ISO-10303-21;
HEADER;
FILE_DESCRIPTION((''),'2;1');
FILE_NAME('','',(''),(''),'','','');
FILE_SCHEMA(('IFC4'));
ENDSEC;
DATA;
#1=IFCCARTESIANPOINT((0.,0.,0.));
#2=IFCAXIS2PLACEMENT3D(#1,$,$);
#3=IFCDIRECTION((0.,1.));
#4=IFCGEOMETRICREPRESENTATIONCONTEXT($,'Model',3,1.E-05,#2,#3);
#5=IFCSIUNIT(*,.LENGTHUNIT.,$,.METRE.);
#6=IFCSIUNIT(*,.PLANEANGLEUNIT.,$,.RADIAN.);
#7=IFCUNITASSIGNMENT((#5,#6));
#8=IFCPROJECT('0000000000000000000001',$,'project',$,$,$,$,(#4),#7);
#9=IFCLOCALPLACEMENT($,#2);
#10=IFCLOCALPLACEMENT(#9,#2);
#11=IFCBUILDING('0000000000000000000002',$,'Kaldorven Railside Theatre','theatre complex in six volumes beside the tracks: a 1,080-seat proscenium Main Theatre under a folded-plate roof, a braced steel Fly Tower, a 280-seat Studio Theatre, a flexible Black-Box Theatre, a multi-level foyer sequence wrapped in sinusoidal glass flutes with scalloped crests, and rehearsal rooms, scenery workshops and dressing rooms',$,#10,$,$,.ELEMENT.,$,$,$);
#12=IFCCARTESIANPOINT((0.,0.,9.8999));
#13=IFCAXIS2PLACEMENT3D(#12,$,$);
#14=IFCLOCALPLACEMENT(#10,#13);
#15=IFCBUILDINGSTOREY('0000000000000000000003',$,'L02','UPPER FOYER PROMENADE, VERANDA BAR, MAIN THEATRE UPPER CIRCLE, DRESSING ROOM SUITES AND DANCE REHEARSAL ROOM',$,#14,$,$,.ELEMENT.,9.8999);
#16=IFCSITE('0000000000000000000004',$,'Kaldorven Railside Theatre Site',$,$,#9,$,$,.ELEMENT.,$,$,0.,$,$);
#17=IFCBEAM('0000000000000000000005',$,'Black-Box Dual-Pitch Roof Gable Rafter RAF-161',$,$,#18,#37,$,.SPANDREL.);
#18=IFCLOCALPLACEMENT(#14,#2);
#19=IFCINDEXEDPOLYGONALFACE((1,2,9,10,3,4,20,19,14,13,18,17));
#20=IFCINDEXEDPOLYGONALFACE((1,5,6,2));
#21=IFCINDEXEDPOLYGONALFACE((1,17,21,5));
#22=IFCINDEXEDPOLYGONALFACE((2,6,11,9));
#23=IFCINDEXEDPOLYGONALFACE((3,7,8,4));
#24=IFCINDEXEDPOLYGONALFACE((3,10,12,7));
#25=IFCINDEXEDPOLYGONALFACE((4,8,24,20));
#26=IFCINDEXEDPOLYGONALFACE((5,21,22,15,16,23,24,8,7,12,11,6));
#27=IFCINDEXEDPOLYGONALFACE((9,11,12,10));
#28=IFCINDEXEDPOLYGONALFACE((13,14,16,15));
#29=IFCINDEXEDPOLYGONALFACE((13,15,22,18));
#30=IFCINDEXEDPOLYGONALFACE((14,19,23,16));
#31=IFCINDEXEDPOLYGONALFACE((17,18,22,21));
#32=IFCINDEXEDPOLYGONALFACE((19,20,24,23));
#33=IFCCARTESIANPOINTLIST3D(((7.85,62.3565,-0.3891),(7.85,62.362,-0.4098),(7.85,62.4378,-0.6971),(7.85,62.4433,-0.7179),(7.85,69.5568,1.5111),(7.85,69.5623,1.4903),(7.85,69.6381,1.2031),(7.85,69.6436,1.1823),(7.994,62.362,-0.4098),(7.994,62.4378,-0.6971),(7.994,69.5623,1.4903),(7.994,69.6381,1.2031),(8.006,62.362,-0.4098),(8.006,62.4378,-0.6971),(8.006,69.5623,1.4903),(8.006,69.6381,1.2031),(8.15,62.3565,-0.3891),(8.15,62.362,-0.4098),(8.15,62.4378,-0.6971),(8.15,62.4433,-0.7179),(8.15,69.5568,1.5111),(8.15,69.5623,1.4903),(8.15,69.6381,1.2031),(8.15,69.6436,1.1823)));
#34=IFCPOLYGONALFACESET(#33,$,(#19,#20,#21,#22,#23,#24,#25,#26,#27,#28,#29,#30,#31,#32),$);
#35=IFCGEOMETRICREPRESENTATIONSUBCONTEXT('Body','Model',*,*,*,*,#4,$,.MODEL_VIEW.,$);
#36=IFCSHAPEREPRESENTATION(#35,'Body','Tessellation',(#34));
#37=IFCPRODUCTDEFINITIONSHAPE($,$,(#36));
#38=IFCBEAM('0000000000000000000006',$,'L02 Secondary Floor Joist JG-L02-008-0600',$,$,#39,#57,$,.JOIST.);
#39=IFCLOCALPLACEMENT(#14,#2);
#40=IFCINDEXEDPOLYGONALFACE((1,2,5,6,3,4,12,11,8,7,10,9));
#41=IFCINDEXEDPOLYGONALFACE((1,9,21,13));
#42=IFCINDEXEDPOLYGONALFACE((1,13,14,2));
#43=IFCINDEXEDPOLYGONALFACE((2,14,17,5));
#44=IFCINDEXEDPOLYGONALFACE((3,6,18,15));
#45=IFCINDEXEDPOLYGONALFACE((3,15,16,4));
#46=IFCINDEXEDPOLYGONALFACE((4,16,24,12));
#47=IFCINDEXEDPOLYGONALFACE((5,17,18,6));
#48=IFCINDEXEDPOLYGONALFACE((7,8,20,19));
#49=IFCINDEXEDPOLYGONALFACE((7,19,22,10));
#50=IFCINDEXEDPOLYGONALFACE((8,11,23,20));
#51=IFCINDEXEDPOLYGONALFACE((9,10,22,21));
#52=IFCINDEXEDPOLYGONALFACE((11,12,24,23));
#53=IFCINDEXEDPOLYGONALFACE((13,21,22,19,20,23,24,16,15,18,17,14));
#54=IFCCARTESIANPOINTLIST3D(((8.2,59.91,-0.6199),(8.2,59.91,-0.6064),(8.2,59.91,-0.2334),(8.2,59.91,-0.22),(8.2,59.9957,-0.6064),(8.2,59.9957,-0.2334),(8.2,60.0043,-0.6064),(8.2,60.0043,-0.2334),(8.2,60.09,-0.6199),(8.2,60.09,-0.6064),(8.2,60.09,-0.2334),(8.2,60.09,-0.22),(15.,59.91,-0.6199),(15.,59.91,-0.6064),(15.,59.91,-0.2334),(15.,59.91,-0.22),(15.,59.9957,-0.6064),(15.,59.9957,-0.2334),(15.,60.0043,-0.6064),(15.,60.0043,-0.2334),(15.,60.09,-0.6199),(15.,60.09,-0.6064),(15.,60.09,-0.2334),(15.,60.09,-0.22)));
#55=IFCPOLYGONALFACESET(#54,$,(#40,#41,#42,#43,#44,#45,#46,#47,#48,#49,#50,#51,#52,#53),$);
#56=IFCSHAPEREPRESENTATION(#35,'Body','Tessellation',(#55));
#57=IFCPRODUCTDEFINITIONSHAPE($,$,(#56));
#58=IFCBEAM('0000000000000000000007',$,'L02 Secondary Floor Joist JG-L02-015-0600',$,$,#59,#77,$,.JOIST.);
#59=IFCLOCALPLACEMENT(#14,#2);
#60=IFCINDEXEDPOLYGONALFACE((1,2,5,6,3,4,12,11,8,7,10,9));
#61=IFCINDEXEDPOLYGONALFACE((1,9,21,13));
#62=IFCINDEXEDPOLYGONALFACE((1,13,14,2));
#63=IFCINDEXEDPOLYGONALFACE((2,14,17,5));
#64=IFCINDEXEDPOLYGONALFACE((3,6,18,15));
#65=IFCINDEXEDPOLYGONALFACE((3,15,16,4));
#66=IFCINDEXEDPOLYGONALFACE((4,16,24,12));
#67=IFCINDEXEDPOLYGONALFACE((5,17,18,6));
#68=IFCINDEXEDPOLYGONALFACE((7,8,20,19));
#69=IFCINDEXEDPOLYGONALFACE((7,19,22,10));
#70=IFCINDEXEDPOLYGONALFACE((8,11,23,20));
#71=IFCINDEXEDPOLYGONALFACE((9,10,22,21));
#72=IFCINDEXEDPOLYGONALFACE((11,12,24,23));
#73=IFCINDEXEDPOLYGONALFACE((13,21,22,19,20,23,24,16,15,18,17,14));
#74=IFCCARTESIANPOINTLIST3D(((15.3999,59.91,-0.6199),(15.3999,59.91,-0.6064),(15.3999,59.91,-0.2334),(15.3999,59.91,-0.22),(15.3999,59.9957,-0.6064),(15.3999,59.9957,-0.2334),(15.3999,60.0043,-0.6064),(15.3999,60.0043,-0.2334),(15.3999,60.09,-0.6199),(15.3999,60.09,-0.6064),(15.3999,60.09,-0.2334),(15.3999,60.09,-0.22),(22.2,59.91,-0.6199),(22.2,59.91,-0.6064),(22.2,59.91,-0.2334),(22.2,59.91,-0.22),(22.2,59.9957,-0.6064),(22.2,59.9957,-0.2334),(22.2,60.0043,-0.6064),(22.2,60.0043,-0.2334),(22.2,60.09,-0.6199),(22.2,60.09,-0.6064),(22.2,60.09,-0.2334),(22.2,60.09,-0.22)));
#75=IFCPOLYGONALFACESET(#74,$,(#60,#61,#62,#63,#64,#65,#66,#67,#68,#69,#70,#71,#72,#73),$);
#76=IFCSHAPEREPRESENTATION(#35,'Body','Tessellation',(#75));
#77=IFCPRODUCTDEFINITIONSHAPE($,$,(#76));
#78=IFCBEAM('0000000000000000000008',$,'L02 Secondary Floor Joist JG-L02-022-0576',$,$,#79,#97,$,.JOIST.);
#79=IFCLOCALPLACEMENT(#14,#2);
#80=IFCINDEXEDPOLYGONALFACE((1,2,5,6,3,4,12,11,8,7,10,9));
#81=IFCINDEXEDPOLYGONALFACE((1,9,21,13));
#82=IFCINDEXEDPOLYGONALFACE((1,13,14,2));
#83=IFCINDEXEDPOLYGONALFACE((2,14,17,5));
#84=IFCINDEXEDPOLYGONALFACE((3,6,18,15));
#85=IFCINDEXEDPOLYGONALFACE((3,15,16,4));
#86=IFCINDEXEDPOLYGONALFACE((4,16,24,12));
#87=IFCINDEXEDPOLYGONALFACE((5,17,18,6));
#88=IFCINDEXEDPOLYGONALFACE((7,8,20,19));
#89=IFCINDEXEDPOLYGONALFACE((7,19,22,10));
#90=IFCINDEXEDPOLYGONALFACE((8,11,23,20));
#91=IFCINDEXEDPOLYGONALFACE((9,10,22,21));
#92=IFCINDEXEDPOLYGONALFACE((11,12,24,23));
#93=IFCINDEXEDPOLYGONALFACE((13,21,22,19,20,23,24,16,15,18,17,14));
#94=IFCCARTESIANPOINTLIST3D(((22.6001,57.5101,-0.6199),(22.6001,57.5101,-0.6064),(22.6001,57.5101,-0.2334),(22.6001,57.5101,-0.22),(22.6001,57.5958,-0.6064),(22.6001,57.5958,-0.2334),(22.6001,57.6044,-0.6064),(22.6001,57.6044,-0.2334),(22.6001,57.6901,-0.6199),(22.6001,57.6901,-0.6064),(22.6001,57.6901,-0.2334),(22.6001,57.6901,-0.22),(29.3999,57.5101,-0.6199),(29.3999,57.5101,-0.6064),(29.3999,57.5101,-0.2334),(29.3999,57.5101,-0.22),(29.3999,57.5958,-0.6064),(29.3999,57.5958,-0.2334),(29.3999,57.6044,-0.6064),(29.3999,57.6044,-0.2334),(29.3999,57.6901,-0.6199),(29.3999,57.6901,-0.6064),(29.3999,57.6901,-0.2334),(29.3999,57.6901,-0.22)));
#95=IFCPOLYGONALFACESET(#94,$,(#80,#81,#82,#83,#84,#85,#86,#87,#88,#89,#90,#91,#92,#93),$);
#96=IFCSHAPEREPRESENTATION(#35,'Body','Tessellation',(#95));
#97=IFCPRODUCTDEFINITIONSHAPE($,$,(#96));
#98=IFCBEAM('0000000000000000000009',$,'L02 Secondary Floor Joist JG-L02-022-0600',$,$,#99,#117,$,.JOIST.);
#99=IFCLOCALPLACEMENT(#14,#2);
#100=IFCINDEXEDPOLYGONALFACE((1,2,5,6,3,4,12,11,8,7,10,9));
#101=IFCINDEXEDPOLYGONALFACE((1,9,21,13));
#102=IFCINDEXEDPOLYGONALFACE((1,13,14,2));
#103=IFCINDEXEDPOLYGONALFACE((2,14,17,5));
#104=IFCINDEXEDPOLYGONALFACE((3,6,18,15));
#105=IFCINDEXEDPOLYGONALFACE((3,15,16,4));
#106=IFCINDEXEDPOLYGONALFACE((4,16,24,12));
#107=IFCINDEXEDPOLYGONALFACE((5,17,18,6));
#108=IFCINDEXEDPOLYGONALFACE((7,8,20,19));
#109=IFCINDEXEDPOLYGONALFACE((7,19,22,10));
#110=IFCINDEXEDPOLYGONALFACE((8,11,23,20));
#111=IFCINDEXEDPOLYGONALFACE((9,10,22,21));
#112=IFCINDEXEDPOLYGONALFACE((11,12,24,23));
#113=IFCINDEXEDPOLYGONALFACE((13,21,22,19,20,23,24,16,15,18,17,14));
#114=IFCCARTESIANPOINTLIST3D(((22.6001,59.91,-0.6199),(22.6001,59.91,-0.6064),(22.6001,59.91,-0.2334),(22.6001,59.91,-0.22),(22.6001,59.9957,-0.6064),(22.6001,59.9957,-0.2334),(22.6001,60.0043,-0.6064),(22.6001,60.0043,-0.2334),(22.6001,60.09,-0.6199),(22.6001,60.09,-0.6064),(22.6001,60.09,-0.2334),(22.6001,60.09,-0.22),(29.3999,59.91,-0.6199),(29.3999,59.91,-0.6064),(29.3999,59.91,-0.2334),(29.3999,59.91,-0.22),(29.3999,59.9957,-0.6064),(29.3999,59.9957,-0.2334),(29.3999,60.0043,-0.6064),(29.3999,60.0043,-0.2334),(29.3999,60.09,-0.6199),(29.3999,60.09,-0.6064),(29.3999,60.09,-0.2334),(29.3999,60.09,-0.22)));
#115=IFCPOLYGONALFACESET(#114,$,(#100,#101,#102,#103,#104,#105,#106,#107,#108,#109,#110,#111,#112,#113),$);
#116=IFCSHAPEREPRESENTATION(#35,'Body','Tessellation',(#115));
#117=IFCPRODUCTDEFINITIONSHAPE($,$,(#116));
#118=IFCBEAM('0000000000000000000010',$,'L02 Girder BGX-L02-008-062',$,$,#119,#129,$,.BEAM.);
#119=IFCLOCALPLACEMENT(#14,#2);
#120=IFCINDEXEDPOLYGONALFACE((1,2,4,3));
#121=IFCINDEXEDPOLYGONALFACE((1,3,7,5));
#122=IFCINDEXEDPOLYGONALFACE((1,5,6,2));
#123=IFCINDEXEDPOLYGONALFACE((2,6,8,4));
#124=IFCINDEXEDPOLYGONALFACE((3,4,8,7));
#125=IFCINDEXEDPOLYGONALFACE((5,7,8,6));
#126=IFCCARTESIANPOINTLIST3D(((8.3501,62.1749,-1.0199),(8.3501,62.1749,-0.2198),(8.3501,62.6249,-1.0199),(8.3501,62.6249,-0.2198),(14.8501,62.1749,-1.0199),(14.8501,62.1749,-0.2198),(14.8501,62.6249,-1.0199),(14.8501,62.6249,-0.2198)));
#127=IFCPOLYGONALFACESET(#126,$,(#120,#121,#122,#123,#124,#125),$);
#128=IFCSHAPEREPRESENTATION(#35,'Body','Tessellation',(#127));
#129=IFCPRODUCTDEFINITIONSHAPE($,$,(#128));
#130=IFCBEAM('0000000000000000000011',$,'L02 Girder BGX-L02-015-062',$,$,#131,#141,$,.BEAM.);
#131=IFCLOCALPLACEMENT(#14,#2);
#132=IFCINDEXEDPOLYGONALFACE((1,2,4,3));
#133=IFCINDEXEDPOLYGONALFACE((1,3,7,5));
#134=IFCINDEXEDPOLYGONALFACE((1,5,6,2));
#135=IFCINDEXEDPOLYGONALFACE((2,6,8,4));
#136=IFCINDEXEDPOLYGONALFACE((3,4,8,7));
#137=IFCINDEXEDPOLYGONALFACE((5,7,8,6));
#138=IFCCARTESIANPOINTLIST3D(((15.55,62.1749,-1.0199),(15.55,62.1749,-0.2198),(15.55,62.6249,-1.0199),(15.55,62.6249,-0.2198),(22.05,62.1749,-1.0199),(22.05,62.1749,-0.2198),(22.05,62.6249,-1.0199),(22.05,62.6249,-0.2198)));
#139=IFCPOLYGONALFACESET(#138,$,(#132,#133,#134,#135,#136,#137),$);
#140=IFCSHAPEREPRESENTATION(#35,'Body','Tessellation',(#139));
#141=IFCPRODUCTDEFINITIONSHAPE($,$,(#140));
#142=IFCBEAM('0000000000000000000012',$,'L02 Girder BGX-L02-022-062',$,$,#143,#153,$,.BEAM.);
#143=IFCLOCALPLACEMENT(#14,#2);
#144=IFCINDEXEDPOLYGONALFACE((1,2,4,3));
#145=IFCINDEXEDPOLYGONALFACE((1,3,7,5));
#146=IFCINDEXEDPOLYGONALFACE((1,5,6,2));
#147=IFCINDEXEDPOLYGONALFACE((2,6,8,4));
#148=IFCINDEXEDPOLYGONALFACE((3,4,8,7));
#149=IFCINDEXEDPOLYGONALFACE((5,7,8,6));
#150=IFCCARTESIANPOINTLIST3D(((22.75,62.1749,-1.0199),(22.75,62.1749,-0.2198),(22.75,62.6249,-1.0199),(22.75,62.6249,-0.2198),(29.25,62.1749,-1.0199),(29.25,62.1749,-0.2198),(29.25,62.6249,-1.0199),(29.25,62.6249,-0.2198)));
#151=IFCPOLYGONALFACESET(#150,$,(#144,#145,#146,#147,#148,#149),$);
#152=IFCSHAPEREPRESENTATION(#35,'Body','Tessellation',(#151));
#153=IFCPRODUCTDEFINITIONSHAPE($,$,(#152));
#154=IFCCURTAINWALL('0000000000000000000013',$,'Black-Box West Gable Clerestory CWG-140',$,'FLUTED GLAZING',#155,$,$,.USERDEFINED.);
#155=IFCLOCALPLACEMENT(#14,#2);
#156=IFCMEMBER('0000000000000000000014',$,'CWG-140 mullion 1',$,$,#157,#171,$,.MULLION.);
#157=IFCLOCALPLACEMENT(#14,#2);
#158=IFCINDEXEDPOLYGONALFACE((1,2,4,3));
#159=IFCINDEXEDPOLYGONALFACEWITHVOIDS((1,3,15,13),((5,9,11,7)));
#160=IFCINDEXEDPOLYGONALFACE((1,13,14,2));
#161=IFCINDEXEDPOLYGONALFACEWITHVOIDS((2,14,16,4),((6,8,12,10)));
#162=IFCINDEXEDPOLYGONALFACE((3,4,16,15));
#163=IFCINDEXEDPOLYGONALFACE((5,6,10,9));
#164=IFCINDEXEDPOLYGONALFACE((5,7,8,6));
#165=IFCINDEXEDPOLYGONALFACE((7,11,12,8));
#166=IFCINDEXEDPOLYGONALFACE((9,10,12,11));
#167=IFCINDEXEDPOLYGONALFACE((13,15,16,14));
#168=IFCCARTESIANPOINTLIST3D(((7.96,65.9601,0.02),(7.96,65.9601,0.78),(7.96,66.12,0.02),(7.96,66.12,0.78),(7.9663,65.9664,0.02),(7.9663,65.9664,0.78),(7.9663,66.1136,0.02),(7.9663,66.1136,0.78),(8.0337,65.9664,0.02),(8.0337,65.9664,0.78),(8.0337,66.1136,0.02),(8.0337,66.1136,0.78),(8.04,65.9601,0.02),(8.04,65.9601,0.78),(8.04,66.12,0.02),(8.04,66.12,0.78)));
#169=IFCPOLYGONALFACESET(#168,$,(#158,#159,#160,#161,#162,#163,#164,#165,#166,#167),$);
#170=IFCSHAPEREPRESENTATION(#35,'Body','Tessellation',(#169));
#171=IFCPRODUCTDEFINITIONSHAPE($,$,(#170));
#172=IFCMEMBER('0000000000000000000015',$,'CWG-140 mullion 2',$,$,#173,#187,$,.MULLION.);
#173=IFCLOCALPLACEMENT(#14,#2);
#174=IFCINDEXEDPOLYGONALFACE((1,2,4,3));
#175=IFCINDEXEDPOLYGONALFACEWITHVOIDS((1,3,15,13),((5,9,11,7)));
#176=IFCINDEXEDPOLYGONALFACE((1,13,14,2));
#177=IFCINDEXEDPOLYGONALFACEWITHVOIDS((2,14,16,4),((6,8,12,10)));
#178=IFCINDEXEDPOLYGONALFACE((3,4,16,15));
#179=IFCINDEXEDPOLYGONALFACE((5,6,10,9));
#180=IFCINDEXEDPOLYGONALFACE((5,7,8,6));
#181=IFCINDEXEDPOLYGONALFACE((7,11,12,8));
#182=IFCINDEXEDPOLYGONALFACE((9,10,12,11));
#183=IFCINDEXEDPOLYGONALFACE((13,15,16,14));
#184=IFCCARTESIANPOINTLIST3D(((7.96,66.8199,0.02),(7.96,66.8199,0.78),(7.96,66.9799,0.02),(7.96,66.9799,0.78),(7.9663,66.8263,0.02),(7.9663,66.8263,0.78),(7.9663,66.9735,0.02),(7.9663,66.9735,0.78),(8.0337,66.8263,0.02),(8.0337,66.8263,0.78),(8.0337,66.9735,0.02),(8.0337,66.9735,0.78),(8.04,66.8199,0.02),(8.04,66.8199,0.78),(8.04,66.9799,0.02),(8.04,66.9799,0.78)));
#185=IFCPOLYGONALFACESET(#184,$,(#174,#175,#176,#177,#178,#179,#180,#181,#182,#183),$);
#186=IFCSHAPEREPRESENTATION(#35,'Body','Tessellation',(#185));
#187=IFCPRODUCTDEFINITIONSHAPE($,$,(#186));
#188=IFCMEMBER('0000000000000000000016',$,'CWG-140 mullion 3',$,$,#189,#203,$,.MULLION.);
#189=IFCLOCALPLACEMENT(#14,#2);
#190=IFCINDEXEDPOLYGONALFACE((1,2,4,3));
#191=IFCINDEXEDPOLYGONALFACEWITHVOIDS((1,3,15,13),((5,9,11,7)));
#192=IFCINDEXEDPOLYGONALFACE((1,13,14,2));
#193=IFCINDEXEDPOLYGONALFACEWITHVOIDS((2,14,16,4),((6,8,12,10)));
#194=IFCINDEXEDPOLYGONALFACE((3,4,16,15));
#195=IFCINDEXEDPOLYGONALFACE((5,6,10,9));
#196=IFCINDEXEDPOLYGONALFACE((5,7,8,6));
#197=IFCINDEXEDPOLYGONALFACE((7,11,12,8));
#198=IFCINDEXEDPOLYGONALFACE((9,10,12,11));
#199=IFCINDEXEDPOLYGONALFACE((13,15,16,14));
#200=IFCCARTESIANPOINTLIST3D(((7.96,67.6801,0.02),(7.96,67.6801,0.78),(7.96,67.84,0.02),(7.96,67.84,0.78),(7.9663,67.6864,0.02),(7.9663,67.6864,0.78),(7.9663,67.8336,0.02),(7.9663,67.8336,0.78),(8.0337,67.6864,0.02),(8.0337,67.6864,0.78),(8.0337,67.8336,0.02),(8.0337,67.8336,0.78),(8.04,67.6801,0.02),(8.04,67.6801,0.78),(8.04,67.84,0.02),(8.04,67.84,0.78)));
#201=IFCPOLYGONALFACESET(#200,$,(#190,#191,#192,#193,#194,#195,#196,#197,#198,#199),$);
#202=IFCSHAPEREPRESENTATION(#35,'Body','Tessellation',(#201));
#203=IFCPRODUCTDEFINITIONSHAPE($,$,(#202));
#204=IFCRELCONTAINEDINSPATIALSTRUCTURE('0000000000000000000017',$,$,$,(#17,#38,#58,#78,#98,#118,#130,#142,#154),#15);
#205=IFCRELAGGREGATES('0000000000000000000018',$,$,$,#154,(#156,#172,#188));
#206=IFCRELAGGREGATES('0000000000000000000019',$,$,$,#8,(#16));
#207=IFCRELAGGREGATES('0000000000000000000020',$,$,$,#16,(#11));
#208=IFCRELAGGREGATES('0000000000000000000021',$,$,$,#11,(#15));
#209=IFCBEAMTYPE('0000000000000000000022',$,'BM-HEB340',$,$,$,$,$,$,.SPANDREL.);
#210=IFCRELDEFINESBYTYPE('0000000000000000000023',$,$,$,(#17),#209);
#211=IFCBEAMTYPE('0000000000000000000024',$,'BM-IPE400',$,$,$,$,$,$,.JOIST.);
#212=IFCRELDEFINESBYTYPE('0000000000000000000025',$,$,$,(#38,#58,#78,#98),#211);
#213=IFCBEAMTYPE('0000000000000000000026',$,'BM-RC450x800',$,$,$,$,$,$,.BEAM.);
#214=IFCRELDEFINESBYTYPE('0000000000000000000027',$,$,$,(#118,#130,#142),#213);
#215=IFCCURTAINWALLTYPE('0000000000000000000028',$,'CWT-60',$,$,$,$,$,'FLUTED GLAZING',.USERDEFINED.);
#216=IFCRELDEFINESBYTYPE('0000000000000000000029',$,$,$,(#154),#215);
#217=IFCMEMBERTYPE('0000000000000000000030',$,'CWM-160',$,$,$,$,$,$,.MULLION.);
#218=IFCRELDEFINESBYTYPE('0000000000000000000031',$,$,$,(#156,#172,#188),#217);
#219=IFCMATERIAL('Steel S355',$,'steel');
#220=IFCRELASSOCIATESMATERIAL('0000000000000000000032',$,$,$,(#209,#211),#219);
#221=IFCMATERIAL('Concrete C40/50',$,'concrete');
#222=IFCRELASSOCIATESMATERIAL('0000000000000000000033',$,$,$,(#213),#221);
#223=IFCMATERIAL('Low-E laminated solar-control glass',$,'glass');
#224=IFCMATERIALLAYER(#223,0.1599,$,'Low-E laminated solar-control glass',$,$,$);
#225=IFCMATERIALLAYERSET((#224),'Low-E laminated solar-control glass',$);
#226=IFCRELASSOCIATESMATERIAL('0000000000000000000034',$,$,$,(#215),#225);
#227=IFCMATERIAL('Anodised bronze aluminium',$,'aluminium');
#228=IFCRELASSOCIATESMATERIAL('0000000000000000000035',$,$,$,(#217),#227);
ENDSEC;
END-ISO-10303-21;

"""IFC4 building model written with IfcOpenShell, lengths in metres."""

from ifc_helpers import new_model, si_unit, direction, frame, origin, origin_2d, place, context, subcontext, project, spatial, rectangle, hollow_rectangle, i_section, extrude, material, layer, layer_set, material_profile, profile_set, type_object, element, aggregate, save


model = new_model("IFC4")

# Units and contexts
model_context = context("Model", 3, precision=1e-05, world=origin(), true_north=direction((0.0, 1.0)))
body_context = subcontext(model_context, "Body", "Model", "MODEL_VIEW")
ifc_project = project(units=[si_unit("LENGTHUNIT", "METRE"), si_unit("PLANEANGLEUNIT", "RADIAN")], contexts=[model_context])

# Site, building, storey
site_placement = place(None, origin())
site = spatial("IfcSite", under=ifc_project, at=site_placement, Name="Kaldorven Railside Theatre Site", CompositionType="ELEMENT", RefElevation=0.0)
building_placement = place(site_placement, origin())
building = spatial("IfcBuilding", under=site, at=building_placement, Name="Kaldorven Railside Theatre", Description="theatre complex in six volumes beside the tracks: a 1,080-seat proscenium Main Theatre under a folded-plate roof, a braced steel Fly Tower, a 280-seat Studio Theatre, a flexible Black-Box Theatre, a multi-level foyer sequence wrapped in sinusoidal glass flutes with scalloped crests, and rehearsal rooms, scenery workshops and dressing rooms", CompositionType="ELEMENT")
storey_placement = place(building_placement, frame((0.0, 0.0, 9.8999)))
storey = spatial("IfcBuildingStorey", under=building, at=storey_placement, Name="L02", Description="UPPER FOYER PROMENADE, VERANDA BAR, MAIN THEATRE UPPER CIRCLE, DRESSING ROOM SUITES AND DANCE REHEARSAL ROOM", CompositionType="ELEMENT", Elevation=9.8999)

# Beams
ifc_material_1 = material(Name="Steel S355", Category="steel")
ifc_material_profile_1 = material_profile(ifc_material_1, i_section(OverallWidth=0.3, OverallDepth=0.3401, WebThickness=0.012, FlangeThickness=0.0215, at=origin_2d()), Name="HEB 340")
ifc_profile_set_1 = profile_set([ifc_material_profile_1], Name="Steel S355")
beam_type_1 = type_object("IfcBeamType", Name="BM-HEB340", PredefinedType="SPANDREL", material=ifc_profile_set_1)
beam_placement = place(storey_placement, frame((8.0, 62.3999, -0.5535), z_axis=(0.0, 0.966897, 0.255166), x_axis=(-1.0, 0.0, 0.0)))
element("IfcBeam", 1, at=beam_placement, inside=storey, type_object=beam_type_1, Name="Black-Box Dual-Pitch Roof Gable Rafter RAF-161", PredefinedType="SPANDREL", context=body_context, shape_type="SweptSolid", body=[
    extrude(i_section(OverallWidth=0.3, OverallDepth=0.3401, WebThickness=0.012, FlangeThickness=0.0215, at=origin_2d()), origin(), (0.0, 0.0, 1.0), 7.4468),
])
ifc_material_profile_2 = material_profile(ifc_material_1, i_section(OverallWidth=0.1799, OverallDepth=0.3999, WebThickness=0.0085, FlangeThickness=0.0134, at=origin_2d()), Name="IPE 400")
ifc_profile_set_2 = profile_set([ifc_material_profile_2], Name="Steel S355")
beam_type_2 = type_object("IfcBeamType", Name="BM-IPE400", PredefinedType="JOIST", material=ifc_profile_set_2)
for number, where, z_axis, x_axis, name in (
    (2, (8.2, 60.0, -0.4199), (1.0, 0.0, 0.0), (0.0, 1.0, 0.0), "L02 Secondary Floor Joist JG-L02-008-0600"),
    (3, (15.3999, 60.0, -0.4199), (1.0, 0.0, 0.0), (0.0, 1.0, 0.0), "L02 Secondary Floor Joist JG-L02-015-0600"),
):
    element("IfcBeam", number, at=place(storey_placement, frame(where, z_axis=z_axis, x_axis=x_axis)), inside=storey, type_object=beam_type_2, Name=name, PredefinedType="JOIST", context=body_context, shape_type="SweptSolid", body=[
        extrude(i_section(OverallWidth=0.1799, OverallDepth=0.3999, WebThickness=0.0085, FlangeThickness=0.0134, at=origin_2d()), origin(), (0.0, 0.0, 1.0), 6.8),
    ])
for number, where, z_axis, x_axis, name in (
    (4, (22.6001, 57.6001, -0.4199), (1.0, 0.0, 0.0), (0.0, 1.0, 0.0), "L02 Secondary Floor Joist JG-L02-022-0576"),
    (5, (22.6001, 60.0, -0.4199), (1.0, 0.0, 0.0), (0.0, 1.0, 0.0), "L02 Secondary Floor Joist JG-L02-022-0600"),
):
    element("IfcBeam", number, at=place(storey_placement, frame(where, z_axis=z_axis, x_axis=x_axis)), inside=storey, type_object=beam_type_2, Name=name, PredefinedType="JOIST", context=body_context, shape_type="SweptSolid", body=[
        extrude(i_section(OverallWidth=0.1799, OverallDepth=0.3999, WebThickness=0.0085, FlangeThickness=0.0134, at=origin_2d()), origin(), (0.0, 0.0, 1.0), 6.7998),
    ])
ifc_material_2 = material(Name="Concrete C40/50", Category="concrete")
ifc_material_profile_3 = material_profile(ifc_material_2, rectangle(XDim=0.45, YDim=0.8, at=origin_2d()), Name="RC 450x800")
ifc_profile_set_3 = profile_set([ifc_material_profile_3], Name="Concrete C40/50")
beam_type_3 = type_object("IfcBeamType", Name="BM-RC450x800", PredefinedType="BEAM", material=ifc_profile_set_3)
for number, where, z_axis, x_axis, name in (
    (6, (8.3501, 62.3999, -0.6199), (1.0, 0.0, 0.0), (0.0, 1.0, 0.0), "L02 Girder BGX-L02-008-062"),
    (7, (15.55, 62.3999, -0.6199), (1.0, 0.0, 0.0), (0.0, 1.0, 0.0), "L02 Girder BGX-L02-015-062"),
    (8, (22.75, 62.3999, -0.6199), (1.0, 0.0, 0.0), (0.0, 1.0, 0.0), "L02 Girder BGX-L02-022-062"),
):
    element("IfcBeam", number, at=place(storey_placement, frame(where, z_axis=z_axis, x_axis=x_axis)), inside=storey, type_object=beam_type_3, Name=name, PredefinedType="BEAM", context=body_context, shape_type="SweptSolid", body=[
        extrude(rectangle(XDim=0.45, YDim=0.8, at=origin_2d()), origin(), (0.0, 0.0, 1.0), 6.5),
    ])

# Curtain wall, members
ifc_material_3 = material(Name="Low-E laminated solar-control glass", Category="glass")
ifc_layer_1 = layer(ifc_material_3, 0.1599, Name="Low-E laminated solar-control glass")
ifc_layer_set_1 = layer_set([ifc_layer_1], Name="Low-E laminated solar-control glass")
curtain_wall_type_1 = type_object("IfcCurtainWallType", Name="CWT-60", ElementType="FLUTED GLAZING", PredefinedType="USERDEFINED", material=ifc_layer_set_1)
curtain_wall_1_placement = place(storey_placement, origin())
curtain_wall_1 = element("IfcCurtainWall", 9, at=curtain_wall_1_placement, inside=storey, type_object=curtain_wall_type_1, Name="Black-Box West Gable Clerestory CWG-140", ObjectType="FLUTED GLAZING", PredefinedType="USERDEFINED")
ifc_material_4 = material(Name="Anodised bronze aluminium", Category="aluminium")
ifc_material_profile_4 = material_profile(ifc_material_4, hollow_rectangle(XDim=0.0801, YDim=0.1599, WallThickness=0.0063, at=origin_2d()), Name="RHS 160x80x6.3")
ifc_profile_set_4 = profile_set([ifc_material_profile_4], Name="Anodised bronze aluminium")
member_type_1 = type_object("IfcMemberType", Name="CWM-160", PredefinedType="MULLION", material=ifc_profile_set_4)
member_1_placement = place(storey_placement, frame((8.0, 66.04, 0.02), z_axis=(0.0, 0.0, 1.0), x_axis=(-1.0, 0.0, 0.0)))
member_1 = element("IfcMember", 10, at=member_1_placement, type_object=member_type_1, Name="CWG-140 mullion 1", PredefinedType="MULLION", context=body_context, shape_type="SweptSolid", body=[
    extrude(hollow_rectangle(XDim=0.0801, YDim=0.1599, WallThickness=0.0063, at=origin_2d()), origin(), (0.0, 0.0, 1.0), 0.76),
])
member_2_placement = place(storey_placement, frame((8.0, 66.8999, 0.02), z_axis=(0.0, 0.0, 1.0), x_axis=(-1.0, 0.0, 0.0)))
member_2 = element("IfcMember", 11, at=member_2_placement, type_object=member_type_1, Name="CWG-140 mullion 2", PredefinedType="MULLION", context=body_context, shape_type="SweptSolid", body=[
    extrude(hollow_rectangle(XDim=0.0801, YDim=0.1599, WallThickness=0.0063, at=origin_2d()), origin(), (0.0, 0.0, 1.0), 0.76),
])
member_3_placement = place(storey_placement, frame((8.0, 67.76, 0.02), z_axis=(0.0, 0.0, 1.0), x_axis=(-1.0, 0.0, 0.0)))
member_3 = element("IfcMember", 12, at=member_3_placement, type_object=member_type_1, Name="CWG-140 mullion 3", PredefinedType="MULLION", context=body_context, shape_type="SweptSolid", body=[
    extrude(hollow_rectangle(XDim=0.0801, YDim=0.1599, WallThickness=0.0063, at=origin_2d()), origin(), (0.0, 0.0, 1.0), 0.76),
])

aggregate(curtain_wall_1, [member_1, member_2, member_3])

save(model, "model.ifc")
